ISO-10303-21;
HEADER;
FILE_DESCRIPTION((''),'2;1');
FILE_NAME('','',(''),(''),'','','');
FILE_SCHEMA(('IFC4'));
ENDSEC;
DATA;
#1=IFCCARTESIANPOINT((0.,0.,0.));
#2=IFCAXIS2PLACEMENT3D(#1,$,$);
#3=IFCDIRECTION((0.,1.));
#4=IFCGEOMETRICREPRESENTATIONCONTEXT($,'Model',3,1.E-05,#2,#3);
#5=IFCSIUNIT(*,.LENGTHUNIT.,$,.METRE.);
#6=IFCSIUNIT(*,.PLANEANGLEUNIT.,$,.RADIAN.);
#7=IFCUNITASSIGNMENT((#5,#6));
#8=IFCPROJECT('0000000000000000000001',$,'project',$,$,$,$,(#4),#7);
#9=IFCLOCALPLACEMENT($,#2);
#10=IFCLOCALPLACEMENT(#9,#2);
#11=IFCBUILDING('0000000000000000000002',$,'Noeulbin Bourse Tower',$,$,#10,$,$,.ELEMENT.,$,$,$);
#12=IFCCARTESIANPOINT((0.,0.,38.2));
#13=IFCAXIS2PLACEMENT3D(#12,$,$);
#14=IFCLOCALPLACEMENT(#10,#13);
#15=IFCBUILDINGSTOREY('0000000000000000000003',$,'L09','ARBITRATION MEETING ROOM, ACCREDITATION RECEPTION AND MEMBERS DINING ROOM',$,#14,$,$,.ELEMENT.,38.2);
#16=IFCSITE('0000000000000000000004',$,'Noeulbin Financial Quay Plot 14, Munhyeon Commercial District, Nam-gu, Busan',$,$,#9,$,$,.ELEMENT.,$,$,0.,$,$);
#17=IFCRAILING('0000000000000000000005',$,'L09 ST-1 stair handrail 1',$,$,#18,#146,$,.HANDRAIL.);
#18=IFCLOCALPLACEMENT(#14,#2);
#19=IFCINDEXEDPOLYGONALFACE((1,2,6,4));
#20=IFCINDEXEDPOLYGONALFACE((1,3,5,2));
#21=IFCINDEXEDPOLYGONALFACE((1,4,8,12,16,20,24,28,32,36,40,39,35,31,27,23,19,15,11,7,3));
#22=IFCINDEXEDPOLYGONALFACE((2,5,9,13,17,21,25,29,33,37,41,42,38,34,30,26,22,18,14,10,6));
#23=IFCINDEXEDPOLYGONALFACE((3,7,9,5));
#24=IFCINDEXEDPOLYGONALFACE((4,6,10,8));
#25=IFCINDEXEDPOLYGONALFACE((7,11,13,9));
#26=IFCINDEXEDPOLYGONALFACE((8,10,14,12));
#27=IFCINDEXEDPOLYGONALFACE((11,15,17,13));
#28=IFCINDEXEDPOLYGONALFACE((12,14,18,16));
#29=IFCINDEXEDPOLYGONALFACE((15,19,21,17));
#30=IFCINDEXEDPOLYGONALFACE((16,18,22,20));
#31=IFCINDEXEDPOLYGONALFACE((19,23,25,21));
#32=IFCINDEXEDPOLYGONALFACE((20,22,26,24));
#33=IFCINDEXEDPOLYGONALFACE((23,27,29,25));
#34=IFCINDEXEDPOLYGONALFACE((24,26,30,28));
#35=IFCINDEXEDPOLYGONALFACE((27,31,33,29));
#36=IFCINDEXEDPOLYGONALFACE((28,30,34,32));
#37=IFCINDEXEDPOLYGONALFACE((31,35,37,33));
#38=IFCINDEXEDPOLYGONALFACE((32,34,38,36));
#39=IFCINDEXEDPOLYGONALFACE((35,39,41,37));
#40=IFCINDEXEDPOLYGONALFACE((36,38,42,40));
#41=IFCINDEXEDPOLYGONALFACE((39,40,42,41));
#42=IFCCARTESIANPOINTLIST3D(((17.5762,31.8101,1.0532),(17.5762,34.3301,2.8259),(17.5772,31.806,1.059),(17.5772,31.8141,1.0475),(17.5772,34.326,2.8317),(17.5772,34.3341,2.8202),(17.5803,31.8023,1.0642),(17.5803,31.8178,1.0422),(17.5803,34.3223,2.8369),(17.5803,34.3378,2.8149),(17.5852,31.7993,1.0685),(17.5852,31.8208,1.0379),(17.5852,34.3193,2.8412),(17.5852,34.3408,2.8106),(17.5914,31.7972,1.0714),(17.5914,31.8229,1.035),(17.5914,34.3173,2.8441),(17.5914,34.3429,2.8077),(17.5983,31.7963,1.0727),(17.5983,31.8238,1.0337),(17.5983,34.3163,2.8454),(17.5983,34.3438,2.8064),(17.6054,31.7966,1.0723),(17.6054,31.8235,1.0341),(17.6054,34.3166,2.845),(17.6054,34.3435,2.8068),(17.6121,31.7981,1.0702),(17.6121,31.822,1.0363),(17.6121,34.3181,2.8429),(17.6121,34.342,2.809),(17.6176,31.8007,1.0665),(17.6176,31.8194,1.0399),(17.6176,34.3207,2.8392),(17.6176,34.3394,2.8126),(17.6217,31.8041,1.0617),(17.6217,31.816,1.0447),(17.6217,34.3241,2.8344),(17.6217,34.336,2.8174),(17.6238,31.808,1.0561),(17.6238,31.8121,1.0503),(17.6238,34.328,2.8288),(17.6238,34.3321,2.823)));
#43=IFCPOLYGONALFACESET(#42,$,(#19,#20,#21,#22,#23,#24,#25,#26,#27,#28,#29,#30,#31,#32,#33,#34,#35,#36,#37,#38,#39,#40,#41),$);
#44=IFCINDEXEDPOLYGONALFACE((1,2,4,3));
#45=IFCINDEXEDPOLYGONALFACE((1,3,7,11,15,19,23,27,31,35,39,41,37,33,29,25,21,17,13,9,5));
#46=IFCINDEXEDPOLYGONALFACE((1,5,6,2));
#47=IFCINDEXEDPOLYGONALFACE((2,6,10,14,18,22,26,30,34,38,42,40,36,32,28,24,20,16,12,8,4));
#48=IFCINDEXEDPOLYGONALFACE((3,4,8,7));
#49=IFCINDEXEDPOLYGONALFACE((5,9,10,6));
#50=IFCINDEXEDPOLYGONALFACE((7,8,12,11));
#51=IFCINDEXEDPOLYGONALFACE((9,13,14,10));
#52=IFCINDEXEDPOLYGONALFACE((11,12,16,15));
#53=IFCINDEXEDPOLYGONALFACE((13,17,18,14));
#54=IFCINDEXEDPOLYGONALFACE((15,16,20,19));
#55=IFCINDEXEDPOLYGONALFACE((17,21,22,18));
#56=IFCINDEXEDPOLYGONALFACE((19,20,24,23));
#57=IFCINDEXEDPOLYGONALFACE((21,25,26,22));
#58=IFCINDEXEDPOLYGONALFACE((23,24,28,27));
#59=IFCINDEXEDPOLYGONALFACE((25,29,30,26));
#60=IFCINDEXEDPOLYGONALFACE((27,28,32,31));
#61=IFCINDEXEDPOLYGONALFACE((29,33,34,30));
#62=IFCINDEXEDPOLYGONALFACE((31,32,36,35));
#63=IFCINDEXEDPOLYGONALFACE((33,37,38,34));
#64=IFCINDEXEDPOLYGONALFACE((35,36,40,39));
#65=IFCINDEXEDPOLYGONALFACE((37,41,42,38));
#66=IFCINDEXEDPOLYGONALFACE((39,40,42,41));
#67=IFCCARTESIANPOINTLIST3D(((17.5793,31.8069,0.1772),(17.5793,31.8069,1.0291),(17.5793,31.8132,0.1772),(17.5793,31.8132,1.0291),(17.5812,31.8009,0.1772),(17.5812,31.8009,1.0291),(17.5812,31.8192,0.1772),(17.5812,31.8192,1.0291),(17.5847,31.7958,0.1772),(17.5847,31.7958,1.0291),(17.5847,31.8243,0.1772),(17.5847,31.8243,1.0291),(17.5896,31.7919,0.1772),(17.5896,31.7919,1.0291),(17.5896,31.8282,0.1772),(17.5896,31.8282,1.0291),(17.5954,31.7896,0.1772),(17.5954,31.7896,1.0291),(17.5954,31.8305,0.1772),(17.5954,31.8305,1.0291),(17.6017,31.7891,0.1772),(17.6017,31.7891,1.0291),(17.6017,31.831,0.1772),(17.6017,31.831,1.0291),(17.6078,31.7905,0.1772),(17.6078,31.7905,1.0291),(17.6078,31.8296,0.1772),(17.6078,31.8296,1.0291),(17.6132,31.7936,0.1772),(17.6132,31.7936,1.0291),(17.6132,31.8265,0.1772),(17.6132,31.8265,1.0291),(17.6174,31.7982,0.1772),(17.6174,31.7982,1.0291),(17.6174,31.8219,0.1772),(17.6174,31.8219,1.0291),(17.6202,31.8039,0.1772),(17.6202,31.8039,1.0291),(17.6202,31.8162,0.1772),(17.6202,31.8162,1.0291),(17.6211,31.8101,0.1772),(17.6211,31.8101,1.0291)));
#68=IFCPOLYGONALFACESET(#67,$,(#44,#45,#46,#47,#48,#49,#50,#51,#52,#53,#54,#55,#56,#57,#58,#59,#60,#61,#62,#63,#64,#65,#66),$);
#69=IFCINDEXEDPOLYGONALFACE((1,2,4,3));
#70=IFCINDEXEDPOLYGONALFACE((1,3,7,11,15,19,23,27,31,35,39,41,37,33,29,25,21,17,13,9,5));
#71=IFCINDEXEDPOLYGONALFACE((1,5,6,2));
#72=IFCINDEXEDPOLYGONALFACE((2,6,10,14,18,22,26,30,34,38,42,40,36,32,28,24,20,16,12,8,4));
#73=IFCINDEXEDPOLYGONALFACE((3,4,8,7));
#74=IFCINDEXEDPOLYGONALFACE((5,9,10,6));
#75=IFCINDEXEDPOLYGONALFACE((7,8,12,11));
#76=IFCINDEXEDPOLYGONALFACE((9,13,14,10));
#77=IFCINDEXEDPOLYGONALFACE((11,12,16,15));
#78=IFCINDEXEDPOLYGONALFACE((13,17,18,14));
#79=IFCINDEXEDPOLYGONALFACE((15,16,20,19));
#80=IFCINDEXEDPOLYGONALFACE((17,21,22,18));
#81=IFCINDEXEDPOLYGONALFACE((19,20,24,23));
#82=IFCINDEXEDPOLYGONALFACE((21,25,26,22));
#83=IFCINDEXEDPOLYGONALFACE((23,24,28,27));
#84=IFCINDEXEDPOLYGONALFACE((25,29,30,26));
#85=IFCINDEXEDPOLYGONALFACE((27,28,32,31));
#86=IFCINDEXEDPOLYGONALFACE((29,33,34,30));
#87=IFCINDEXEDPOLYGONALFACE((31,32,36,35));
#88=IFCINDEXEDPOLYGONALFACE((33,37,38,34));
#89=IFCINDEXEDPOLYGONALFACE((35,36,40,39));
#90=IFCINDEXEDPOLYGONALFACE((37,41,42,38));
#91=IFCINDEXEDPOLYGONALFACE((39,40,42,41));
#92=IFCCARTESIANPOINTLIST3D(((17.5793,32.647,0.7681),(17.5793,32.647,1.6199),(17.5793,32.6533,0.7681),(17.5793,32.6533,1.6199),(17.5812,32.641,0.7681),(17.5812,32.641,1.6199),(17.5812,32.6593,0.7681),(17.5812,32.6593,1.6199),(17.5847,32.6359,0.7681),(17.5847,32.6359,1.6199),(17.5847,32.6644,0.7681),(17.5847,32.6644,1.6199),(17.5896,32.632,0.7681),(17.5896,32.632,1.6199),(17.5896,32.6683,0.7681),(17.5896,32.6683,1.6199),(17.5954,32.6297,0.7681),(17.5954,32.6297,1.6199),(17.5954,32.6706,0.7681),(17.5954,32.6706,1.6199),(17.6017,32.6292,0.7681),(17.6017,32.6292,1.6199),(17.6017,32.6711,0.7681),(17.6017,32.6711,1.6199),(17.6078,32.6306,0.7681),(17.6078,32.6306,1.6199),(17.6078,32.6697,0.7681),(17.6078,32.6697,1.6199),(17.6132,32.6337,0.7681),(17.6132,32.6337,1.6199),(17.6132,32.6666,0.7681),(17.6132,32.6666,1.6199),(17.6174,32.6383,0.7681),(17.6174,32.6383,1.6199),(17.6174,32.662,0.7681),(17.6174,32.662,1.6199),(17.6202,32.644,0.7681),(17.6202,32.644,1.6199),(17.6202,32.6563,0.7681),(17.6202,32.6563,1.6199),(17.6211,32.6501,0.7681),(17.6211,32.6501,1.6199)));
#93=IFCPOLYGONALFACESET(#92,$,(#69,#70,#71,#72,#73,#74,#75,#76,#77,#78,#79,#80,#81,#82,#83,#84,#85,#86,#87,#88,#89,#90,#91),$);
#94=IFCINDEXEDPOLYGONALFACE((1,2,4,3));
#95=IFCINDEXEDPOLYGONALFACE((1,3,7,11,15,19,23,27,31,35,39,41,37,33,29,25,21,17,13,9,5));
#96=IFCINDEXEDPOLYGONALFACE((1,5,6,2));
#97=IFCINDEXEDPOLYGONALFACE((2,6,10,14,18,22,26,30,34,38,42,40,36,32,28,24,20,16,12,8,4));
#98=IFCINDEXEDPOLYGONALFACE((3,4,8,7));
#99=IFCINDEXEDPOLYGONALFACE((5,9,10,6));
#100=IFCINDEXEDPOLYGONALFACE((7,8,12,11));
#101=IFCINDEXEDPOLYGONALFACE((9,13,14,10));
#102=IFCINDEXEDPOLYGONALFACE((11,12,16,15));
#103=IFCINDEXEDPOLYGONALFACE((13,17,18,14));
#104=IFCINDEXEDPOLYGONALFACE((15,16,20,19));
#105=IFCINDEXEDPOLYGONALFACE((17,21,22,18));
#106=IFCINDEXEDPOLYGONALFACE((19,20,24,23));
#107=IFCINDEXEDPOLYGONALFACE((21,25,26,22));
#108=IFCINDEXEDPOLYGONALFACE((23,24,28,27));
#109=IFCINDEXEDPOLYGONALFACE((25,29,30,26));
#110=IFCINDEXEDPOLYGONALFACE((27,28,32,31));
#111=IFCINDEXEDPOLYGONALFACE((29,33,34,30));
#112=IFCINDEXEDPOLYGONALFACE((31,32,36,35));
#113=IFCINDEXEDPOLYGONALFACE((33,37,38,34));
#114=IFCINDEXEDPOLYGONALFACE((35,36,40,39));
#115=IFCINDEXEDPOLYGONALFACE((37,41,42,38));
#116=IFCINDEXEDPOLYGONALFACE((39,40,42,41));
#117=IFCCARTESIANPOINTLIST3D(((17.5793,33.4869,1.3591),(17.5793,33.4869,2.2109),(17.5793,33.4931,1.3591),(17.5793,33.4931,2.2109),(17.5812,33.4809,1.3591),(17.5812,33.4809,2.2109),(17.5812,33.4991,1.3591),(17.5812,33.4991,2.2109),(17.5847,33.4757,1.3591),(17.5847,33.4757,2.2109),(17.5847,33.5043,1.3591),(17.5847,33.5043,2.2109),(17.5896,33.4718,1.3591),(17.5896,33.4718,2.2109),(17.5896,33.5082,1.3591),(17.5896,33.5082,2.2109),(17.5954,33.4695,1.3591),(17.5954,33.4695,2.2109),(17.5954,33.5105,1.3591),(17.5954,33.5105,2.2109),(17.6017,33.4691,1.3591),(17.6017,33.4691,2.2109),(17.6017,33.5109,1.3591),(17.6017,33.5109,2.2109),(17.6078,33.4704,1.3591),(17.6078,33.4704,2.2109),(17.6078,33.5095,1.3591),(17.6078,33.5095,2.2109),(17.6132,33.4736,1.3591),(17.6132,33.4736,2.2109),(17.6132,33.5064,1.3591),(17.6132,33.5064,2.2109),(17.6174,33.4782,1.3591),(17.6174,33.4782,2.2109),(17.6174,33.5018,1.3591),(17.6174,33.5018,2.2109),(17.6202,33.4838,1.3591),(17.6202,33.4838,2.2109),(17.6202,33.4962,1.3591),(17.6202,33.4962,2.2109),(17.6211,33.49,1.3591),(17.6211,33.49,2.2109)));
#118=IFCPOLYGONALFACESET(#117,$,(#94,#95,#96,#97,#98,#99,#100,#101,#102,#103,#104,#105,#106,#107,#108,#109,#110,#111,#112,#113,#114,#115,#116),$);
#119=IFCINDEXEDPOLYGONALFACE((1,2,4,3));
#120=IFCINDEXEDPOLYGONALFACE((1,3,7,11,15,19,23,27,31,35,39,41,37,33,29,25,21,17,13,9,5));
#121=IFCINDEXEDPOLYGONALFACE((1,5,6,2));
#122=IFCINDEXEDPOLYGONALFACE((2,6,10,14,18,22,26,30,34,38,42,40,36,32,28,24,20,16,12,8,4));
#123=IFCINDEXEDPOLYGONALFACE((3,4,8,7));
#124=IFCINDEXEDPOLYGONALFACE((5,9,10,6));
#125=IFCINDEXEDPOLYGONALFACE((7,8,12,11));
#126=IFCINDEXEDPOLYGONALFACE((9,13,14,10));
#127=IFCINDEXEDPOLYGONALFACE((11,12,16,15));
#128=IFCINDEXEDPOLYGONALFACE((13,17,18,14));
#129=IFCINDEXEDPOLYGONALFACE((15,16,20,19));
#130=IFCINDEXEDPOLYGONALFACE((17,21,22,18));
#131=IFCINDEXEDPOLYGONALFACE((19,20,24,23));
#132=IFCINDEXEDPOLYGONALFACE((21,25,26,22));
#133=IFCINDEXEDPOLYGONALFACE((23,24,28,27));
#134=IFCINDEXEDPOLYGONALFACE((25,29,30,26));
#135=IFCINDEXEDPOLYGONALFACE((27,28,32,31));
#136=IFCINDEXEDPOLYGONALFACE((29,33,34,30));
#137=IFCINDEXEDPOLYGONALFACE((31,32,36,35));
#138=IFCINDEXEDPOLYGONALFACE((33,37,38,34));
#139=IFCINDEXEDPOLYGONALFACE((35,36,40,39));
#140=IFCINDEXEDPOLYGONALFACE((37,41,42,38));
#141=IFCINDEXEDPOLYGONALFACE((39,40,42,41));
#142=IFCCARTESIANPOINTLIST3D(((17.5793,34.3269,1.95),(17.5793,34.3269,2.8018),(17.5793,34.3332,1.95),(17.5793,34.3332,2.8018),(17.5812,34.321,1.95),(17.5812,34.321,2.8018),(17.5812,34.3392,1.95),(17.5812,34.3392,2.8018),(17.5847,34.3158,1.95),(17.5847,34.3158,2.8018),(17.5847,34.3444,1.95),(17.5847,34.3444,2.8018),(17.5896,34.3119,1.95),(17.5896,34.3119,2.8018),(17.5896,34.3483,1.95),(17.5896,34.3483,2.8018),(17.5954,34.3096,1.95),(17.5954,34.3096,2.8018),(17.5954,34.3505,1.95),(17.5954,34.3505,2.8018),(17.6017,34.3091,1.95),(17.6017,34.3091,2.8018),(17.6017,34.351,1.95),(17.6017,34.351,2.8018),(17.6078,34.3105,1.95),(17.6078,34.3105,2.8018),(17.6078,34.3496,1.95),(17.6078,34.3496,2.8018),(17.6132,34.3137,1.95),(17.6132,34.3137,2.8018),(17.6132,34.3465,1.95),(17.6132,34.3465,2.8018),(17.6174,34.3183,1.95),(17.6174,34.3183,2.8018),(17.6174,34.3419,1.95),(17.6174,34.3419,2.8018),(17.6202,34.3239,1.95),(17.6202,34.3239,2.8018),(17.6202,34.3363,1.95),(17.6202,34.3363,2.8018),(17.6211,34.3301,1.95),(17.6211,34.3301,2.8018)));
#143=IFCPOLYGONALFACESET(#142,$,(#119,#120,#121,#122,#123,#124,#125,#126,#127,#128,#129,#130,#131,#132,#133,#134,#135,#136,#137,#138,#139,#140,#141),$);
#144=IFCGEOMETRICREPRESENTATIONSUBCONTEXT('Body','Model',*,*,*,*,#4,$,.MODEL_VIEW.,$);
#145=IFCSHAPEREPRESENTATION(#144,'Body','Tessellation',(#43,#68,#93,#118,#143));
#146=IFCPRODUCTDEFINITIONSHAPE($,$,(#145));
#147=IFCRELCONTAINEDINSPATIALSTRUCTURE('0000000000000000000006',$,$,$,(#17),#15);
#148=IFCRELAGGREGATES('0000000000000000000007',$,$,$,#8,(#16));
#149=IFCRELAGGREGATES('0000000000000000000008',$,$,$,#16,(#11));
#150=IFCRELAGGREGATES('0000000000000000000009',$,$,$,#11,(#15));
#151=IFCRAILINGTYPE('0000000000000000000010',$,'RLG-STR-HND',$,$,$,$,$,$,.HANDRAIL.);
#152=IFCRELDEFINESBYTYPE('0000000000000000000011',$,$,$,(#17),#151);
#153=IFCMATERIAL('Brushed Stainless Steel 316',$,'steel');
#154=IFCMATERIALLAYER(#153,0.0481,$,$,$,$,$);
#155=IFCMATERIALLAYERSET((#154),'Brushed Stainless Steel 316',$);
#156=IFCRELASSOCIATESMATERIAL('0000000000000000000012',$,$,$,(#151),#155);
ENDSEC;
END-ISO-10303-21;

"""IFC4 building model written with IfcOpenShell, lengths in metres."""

from ifc_helpers import new_model, si_unit, direction, frame, origin, origin_2d, place, context, subcontext, project, spatial, circle, extrude, material, layer, layer_set, type_object, element, save


model = new_model("IFC4")

# Units and contexts
model_context = context("Model", 3, precision=1e-05, world=origin(), true_north=direction((0.0, 1.0)))
body_context = subcontext(model_context, "Body", "Model", "MODEL_VIEW")
ifc_project = project(units=[si_unit("LENGTHUNIT", "METRE"), si_unit("PLANEANGLEUNIT", "RADIAN")], contexts=[model_context])

# Site, building, storey
site_placement = place(None, origin())
site = spatial("IfcSite", under=ifc_project, at=site_placement, Name="Noeulbin Financial Quay Plot 14, Munhyeon Commercial District, Nam-gu, Busan", CompositionType="ELEMENT", RefElevation=0.0)
building_placement = place(site_placement, origin())
building = spatial("IfcBuilding", under=site, at=building_placement, Name="Noeulbin Bourse Tower", CompositionType="ELEMENT")
storey_placement = place(building_placement, frame((0.0, 0.0, 38.2)))
storey = spatial("IfcBuildingStorey", under=building, at=storey_placement, Name="L09", Description="ARBITRATION MEETING ROOM, ACCREDITATION RECEPTION AND MEMBERS DINING ROOM", CompositionType="ELEMENT", Elevation=38.2)

# Shared definitions
ifc_material_1 = material(Name="Brushed Stainless Steel 316", Category="steel")

# Railing
ifc_layer_1 = layer(ifc_material_1, 0.0481)
ifc_layer_set_1 = layer_set([ifc_layer_1], Name="Brushed Stainless Steel 316")
railing_type_1 = type_object("IfcRailingType", Name="RLG-STR-HND", PredefinedType="HANDRAIL", material=ifc_layer_set_1)
railing_1_placement = place(storey_placement, frame((17.6001, 31.8101, 0.1772)))
element("IfcRailing", 1, at=railing_1_placement, inside=storey, type_object=railing_type_1, Name="L09 ST-1 stair handrail 1", PredefinedType="HANDRAIL", context=body_context, shape_type="SweptSolid", body=[
    extrude(circle(Radius=0.0239, at=origin_2d()), frame((0.0, 0.0, 0.876), z_axis=(0.0, 0.817904, 0.575354), x_axis=(-1.0, 0.0, 0.0)), (0.0, 0.0, 1.0), 3.0811),
    extrude(circle(Radius=0.021, at=origin_2d()), origin(), (0.0, 0.0, 1.0), 0.8518),
    extrude(circle(Radius=0.021, at=origin_2d()), frame((0.0, 0.8401, 0.5908)), (0.0, 0.0, 1.0), 0.8518),
    extrude(circle(Radius=0.021, at=origin_2d()), frame((0.0, 1.6799, 1.1819)), (0.0, 0.0, 1.0), 0.8518),
    extrude(circle(Radius=0.021, at=origin_2d()), frame((0.0, 2.52, 1.7727)), (0.0, 0.0, 1.0), 0.8518),
])

save(model, "model.ifc")
